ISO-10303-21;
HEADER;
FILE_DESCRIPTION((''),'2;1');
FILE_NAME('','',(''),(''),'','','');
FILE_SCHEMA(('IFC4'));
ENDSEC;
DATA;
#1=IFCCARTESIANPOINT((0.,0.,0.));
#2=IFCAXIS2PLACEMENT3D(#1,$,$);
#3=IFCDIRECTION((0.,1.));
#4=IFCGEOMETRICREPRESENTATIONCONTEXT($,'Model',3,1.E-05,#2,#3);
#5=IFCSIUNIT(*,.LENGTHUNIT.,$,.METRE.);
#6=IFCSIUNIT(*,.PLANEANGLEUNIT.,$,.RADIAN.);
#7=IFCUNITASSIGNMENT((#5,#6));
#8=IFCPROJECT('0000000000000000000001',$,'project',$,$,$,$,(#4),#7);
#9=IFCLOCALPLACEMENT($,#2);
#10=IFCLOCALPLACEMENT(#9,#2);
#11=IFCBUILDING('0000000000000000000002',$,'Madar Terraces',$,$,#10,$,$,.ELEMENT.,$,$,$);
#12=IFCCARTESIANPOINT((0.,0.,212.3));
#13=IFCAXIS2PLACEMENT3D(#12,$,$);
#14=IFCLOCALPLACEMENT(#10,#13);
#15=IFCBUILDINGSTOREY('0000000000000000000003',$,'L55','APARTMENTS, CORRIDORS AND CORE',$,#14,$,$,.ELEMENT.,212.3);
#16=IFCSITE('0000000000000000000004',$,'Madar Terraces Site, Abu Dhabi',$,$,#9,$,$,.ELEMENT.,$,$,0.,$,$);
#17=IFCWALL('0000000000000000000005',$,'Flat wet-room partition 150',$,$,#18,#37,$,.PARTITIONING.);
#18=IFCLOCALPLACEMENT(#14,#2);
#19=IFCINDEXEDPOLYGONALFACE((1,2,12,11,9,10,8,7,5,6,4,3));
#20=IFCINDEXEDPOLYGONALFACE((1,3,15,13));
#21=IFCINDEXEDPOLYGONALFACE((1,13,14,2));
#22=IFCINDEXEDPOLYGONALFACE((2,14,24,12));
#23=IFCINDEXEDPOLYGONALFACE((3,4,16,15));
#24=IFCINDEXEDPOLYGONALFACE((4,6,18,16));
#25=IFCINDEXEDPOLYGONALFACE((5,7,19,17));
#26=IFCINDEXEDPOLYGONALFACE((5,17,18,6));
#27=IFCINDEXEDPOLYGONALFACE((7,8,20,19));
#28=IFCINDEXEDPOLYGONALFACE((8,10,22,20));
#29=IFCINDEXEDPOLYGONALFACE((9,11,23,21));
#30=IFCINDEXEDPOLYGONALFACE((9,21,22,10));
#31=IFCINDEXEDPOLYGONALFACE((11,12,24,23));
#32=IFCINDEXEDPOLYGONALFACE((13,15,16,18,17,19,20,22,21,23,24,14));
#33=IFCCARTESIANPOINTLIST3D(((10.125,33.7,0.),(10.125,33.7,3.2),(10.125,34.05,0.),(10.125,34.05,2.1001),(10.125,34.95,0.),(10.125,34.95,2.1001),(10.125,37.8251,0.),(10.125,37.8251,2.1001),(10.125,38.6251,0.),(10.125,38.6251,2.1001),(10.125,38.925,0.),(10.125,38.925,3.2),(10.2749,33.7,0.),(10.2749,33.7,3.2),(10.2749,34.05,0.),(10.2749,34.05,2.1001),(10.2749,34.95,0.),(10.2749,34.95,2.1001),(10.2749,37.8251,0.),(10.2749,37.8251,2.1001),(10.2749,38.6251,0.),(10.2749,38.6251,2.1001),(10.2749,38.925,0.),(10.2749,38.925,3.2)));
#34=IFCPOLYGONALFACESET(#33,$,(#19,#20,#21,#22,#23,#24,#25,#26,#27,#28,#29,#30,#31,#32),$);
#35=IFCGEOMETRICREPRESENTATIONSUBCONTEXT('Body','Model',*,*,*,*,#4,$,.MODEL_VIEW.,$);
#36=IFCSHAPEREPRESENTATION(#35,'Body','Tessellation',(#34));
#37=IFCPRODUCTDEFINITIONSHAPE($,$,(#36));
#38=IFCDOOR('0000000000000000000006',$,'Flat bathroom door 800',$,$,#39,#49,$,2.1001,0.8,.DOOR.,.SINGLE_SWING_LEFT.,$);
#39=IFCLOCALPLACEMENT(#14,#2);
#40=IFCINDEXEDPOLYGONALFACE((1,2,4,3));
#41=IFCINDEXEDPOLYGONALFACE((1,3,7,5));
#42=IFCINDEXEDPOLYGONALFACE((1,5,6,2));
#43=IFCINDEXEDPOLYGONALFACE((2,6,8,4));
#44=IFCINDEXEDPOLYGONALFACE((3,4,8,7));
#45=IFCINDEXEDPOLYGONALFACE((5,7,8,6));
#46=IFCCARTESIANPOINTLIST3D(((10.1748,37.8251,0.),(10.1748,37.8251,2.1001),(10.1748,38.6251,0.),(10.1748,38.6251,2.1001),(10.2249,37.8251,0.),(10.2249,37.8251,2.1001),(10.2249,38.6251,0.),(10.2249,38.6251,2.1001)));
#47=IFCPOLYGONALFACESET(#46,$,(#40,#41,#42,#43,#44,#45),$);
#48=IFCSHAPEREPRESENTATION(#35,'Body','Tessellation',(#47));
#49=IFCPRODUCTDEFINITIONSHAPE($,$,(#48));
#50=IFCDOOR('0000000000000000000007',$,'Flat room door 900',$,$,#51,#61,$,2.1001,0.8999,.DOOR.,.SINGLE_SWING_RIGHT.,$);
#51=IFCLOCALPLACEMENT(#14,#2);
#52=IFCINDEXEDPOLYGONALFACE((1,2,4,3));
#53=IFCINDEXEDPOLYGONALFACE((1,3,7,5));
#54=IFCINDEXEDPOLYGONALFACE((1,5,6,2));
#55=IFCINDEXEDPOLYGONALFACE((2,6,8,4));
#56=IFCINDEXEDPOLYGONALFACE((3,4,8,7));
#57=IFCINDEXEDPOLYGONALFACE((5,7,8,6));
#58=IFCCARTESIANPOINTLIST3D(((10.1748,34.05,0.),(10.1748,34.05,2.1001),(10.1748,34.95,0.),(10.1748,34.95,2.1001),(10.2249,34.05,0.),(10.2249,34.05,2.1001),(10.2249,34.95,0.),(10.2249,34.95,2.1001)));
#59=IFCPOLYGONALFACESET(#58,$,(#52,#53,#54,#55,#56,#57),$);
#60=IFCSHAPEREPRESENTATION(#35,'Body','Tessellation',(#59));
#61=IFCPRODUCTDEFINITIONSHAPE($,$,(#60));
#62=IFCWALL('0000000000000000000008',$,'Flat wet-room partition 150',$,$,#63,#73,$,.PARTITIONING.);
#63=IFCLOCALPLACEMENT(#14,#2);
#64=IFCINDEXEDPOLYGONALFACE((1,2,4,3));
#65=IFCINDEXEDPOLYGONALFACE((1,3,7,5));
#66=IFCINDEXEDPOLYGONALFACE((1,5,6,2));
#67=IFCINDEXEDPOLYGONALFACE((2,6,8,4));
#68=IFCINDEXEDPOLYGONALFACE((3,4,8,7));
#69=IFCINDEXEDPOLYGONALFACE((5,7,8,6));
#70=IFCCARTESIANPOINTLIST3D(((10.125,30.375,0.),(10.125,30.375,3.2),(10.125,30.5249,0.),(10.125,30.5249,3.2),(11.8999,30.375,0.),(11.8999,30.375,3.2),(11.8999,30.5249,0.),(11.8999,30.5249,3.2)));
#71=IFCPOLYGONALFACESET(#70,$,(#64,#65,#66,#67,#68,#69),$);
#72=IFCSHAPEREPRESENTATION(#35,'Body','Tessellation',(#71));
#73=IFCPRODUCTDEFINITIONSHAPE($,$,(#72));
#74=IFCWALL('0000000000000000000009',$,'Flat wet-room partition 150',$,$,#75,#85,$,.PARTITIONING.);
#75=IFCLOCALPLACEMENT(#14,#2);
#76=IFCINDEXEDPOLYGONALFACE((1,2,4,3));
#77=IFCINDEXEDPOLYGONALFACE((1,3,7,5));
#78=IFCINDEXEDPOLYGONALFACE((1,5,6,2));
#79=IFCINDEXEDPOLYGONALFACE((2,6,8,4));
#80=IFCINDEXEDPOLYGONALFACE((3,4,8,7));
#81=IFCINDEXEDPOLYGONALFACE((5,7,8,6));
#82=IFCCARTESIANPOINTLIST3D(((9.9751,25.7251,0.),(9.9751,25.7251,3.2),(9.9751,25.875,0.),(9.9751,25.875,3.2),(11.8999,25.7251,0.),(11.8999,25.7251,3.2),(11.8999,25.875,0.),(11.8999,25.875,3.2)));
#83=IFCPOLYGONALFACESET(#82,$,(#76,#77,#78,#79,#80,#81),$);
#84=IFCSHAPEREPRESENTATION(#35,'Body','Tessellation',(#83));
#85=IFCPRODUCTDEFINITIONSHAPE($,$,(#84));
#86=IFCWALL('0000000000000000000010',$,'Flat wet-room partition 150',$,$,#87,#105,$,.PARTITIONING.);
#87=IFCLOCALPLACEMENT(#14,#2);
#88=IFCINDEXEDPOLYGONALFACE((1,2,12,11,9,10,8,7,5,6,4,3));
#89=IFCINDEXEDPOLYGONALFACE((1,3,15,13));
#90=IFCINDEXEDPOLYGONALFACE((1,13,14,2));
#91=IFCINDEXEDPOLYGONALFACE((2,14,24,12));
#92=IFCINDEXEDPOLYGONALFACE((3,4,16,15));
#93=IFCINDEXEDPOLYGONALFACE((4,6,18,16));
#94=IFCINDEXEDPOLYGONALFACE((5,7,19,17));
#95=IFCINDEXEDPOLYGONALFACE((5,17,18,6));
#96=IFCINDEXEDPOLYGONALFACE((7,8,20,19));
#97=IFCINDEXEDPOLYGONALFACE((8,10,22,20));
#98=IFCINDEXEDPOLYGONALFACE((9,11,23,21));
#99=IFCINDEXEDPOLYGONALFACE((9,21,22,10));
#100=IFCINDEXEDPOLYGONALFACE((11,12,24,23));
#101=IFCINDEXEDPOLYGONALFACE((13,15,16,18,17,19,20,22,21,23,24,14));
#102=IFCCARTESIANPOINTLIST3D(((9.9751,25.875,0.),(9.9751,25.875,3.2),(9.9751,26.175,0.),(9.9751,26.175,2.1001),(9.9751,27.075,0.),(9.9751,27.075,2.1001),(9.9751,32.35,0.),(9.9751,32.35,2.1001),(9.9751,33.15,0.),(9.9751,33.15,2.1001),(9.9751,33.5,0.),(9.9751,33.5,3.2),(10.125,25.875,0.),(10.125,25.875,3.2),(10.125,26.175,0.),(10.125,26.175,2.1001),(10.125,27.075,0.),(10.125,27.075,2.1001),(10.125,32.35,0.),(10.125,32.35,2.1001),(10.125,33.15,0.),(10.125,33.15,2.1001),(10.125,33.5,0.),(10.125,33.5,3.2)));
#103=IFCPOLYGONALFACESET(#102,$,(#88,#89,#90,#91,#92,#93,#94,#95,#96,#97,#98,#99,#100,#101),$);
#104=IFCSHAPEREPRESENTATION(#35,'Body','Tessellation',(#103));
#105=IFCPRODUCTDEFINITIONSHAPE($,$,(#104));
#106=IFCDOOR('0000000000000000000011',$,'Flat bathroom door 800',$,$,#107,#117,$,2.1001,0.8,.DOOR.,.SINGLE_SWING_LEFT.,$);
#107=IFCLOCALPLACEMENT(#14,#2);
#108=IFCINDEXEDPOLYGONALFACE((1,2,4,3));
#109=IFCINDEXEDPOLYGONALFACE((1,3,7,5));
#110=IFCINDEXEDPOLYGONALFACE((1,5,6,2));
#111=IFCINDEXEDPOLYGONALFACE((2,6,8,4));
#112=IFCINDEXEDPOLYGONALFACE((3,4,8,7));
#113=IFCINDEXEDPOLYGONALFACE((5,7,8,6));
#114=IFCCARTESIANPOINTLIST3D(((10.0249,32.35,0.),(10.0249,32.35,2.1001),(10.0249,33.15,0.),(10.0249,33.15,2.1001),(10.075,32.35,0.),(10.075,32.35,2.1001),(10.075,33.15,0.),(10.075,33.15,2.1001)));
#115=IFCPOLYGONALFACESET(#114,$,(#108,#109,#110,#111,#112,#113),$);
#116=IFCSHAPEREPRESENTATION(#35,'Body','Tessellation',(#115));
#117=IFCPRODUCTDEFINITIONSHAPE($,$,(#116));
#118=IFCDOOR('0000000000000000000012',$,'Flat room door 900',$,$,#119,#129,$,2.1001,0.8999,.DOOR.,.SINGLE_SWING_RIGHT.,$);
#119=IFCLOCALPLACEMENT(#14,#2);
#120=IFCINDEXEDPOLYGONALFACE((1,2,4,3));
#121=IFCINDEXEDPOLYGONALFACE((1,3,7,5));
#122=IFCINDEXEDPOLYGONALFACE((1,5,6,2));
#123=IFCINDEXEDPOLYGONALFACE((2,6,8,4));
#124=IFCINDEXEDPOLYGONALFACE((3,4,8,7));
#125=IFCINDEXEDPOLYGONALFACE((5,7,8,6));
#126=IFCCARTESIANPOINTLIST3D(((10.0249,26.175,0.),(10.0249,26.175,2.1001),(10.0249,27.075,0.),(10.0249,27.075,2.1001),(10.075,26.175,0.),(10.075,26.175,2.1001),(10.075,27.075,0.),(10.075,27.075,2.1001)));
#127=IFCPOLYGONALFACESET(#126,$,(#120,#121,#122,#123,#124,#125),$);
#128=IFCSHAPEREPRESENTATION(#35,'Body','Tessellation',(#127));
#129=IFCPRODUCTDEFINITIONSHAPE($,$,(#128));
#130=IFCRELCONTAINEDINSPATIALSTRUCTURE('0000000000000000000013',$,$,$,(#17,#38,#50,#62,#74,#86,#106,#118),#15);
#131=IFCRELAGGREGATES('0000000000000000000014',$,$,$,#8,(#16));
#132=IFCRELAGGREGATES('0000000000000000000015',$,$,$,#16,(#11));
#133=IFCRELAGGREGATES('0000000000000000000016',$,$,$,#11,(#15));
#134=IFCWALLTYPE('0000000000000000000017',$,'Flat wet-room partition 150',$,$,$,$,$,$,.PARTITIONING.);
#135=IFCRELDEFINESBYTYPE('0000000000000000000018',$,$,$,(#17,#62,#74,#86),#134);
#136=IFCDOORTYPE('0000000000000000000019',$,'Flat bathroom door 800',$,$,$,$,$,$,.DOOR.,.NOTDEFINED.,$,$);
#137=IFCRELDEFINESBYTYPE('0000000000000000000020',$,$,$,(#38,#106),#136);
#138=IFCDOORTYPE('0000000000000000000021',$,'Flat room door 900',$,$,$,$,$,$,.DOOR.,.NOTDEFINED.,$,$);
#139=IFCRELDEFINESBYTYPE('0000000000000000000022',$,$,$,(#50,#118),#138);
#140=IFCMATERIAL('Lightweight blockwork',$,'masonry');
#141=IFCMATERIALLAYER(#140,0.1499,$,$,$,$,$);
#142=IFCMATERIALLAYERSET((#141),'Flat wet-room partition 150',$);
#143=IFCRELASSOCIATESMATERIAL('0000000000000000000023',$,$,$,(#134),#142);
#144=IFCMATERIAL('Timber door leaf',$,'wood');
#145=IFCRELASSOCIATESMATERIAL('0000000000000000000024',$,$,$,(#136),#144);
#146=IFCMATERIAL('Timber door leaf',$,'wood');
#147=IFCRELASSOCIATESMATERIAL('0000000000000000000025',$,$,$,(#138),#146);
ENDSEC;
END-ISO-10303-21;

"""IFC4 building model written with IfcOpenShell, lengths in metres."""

from ifc_helpers import new_model, si_unit, direction, frame, frame_2d, origin, place, context, subcontext, project, spatial, rectangle, extrude, material, layer, layer_set, type_object, element, fill, save


model = new_model("IFC4")

# Units and contexts
model_context = context("Model", 3, precision=1e-05, world=origin(), true_north=direction((0.0, 1.0)))
body_context = subcontext(model_context, "Body", "Model", "MODEL_VIEW")
ifc_project = project(units=[si_unit("LENGTHUNIT", "METRE"), si_unit("PLANEANGLEUNIT", "RADIAN")], contexts=[model_context])

# Site, building, storey
site_placement = place(None, origin())
site = spatial("IfcSite", under=ifc_project, at=site_placement, Name="Madar Terraces Site, Abu Dhabi", CompositionType="ELEMENT", RefElevation=0.0)
building_placement = place(site_placement, origin())
building = spatial("IfcBuilding", under=site, at=building_placement, Name="Madar Terraces", CompositionType="ELEMENT")
storey_placement = place(building_placement, frame((0.0, 0.0, 212.3)))
storey = spatial("IfcBuildingStorey", under=building, at=storey_placement, Name="L55", Description="APARTMENTS, CORRIDORS AND CORE", CompositionType="ELEMENT", Elevation=212.3)

# Shared definitions
ifc_material_1 = material(Name="Lightweight blockwork", Category="masonry")
ifc_layer_1 = layer(ifc_material_1, 0.1499)
ifc_layer_set_1 = layer_set([ifc_layer_1], Name="Flat wet-room partition 150")
wall_type_1 = type_object("IfcWallType", Name="Flat wet-room partition 150", PredefinedType="PARTITIONING", material=ifc_layer_set_1)

# Wall, openings, doors
wall_1_placement = place(storey_placement, frame((10.2, 38.925, 0.0), z_axis=(0.0, 0.0, 1.0), x_axis=(0.0, -1.0, 0.0)))
wall_1 = element("IfcWall", 1, at=wall_1_placement, inside=storey, type_object=wall_type_1, Name="Flat wet-room partition 150", PredefinedType="PARTITIONING", context=body_context, shape_type="SweptSolid", body=[
    extrude(rectangle(XDim=5.2251, YDim=0.1499, at=frame_2d((2.6125, 0.0))), origin(), (0.0, 0.0, 1.0), 3.2),
])
opening_1_placement = place(wall_1_placement, frame((0.3, 0.0, 0.0)))
opening_1 = element("IfcOpeningElement", 2, at=opening_1_placement, cuts=wall_1, PredefinedType="OPENING", context=body_context, shape_type="SweptSolid", body=[
    extrude(rectangle(XDim=0.8, YDim=2.1001, at=frame_2d((0.3999, 1.05))), frame((0.0, 0.085, 0.0), z_axis=(0.0, -1.0, 0.0), x_axis=(1.0, 0.0, 0.0)), (0.0, 0.0, 1.0), 0.1699),
])
opening_2_placement = place(wall_1_placement, frame((3.9751, 0.0, 0.0)))
opening_2 = element("IfcOpeningElement", 3, at=opening_2_placement, cuts=wall_1, PredefinedType="OPENING", context=body_context, shape_type="SweptSolid", body=[
    extrude(rectangle(XDim=0.8999, YDim=2.1001, at=frame_2d((0.45, 1.05))), frame((0.0, 0.085, 0.0), z_axis=(0.0, -1.0, 0.0), x_axis=(1.0, 0.0, 0.0)), (0.0, 0.0, 1.0), 0.1699),
])
ifc_material_2 = material(Name="Timber door leaf", Category="wood")
door_type_1 = type_object("IfcDoorType", Name="Flat bathroom door 800", OperationType="NOTDEFINED", PredefinedType="DOOR", material=ifc_material_2)
door_1_placement = place(opening_1_placement, origin())
door_1 = element("IfcDoor", 4, at=door_1_placement, inside=storey, type_object=door_type_1, Name="Flat bathroom door 800", OperationType="SINGLE_SWING_LEFT", OverallHeight=2.1001, OverallWidth=0.8, PredefinedType="DOOR", context=body_context, shape_type="SweptSolid", body=[
    extrude(rectangle(XDim=0.8, YDim=2.1001, at=frame_2d((0.3999, 1.05))), frame((0.0, 0.0249, 0.0), z_axis=(0.0, -1.0, 0.0), x_axis=(1.0, 0.0, 0.0)), (0.0, 0.0, 1.0), 0.05),
])
fill(opening_1, door_1)
ifc_material_3 = material(Name="Timber door leaf", Category="wood")
door_type_2 = type_object("IfcDoorType", Name="Flat room door 900", OperationType="NOTDEFINED", PredefinedType="DOOR", material=ifc_material_3)
door_2_placement = place(opening_2_placement, origin())
door_2 = element("IfcDoor", 5, at=door_2_placement, inside=storey, type_object=door_type_2, Name="Flat room door 900", OperationType="SINGLE_SWING_RIGHT", OverallHeight=2.1001, OverallWidth=0.8999, PredefinedType="DOOR", context=body_context, shape_type="SweptSolid", body=[
    extrude(rectangle(XDim=0.8999, YDim=2.1001, at=frame_2d((0.45, 1.05))), frame((0.0, 0.0249, 0.0), z_axis=(0.0, -1.0, 0.0), x_axis=(1.0, 0.0, 0.0)), (0.0, 0.0, 1.0), 0.05),
])
fill(opening_2, door_2)

# Walls
wall_2_placement = place(storey_placement, frame((11.8999, 30.45, 0.0), z_axis=(0.0, 0.0, 1.0), x_axis=(-1.0, 0.0, 0.0)))
element("IfcWall", 6, at=wall_2_placement, inside=storey, type_object=wall_type_1, Name="Flat wet-room partition 150", PredefinedType="PARTITIONING", context=body_context, shape_type="SweptSolid", body=[
    extrude(rectangle(XDim=1.7749, YDim=0.1499, at=frame_2d((0.8875, 0.0))), origin(), (0.0, 0.0, 1.0), 3.2),
])
wall_3_placement = place(storey_placement, frame((11.8999, 25.8, 0.0), z_axis=(0.0, 0.0, 1.0), x_axis=(-1.0, 0.0, 0.0)))
element("IfcWall", 7, at=wall_3_placement, inside=storey, type_object=wall_type_1, Name="Flat wet-room partition 150", PredefinedType="PARTITIONING", context=body_context, shape_type="SweptSolid", body=[
    extrude(rectangle(XDim=1.9248, YDim=0.1499, at=frame_2d((0.9624, 0.0))), origin(), (0.0, 0.0, 1.0), 3.2),
])

# Wall, openings, doors
wall_4_placement = place(storey_placement, frame((10.05, 33.5, 0.0), z_axis=(0.0, 0.0, 1.0), x_axis=(0.0, -1.0, 0.0)))
wall_4 = element("IfcWall", 8, at=wall_4_placement, inside=storey, type_object=wall_type_1, Name="Flat wet-room partition 150", PredefinedType="PARTITIONING", context=body_context, shape_type="SweptSolid", body=[
    extrude(rectangle(XDim=7.625, YDim=0.1499, at=frame_2d((3.8125, 0.0))), origin(), (0.0, 0.0, 1.0), 3.2),
])
opening_3_placement = place(wall_4_placement, frame((6.425, 0.0, 0.0)))
opening_3 = element("IfcOpeningElement", 9, at=opening_3_placement, cuts=wall_4, PredefinedType="OPENING", context=body_context, shape_type="SweptSolid", body=[
    extrude(rectangle(XDim=0.8999, YDim=2.1001, at=frame_2d((0.45, 1.05))), frame((0.0, 0.085, 0.0), z_axis=(0.0, -1.0, 0.0), x_axis=(1.0, 0.0, 0.0)), (0.0, 0.0, 1.0), 0.1699),
])
opening_4_placement = place(wall_4_placement, frame((0.3501, 0.0, 0.0)))
opening_4 = element("IfcOpeningElement", 10, at=opening_4_placement, cuts=wall_4, PredefinedType="OPENING", context=body_context, shape_type="SweptSolid", body=[
    extrude(rectangle(XDim=0.8, YDim=2.1001, at=frame_2d((0.3999, 1.05))), frame((0.0, 0.085, 0.0), z_axis=(0.0, -1.0, 0.0), x_axis=(1.0, 0.0, 0.0)), (0.0, 0.0, 1.0), 0.1699),
])
door_3_placement = place(opening_4_placement, origin())
door_3 = element("IfcDoor", 11, at=door_3_placement, inside=storey, type_object=door_type_1, Name="Flat bathroom door 800", OperationType="SINGLE_SWING_LEFT", OverallHeight=2.1001, OverallWidth=0.8, PredefinedType="DOOR", context=body_context, shape_type="SweptSolid", body=[
    extrude(rectangle(XDim=0.8, YDim=2.1001, at=frame_2d((0.3999, 1.05))), frame((0.0, 0.0249, 0.0), z_axis=(0.0, -1.0, 0.0), x_axis=(1.0, 0.0, 0.0)), (0.0, 0.0, 1.0), 0.05),
])
fill(opening_4, door_3)
door_4_placement = place(opening_3_placement, origin())
door_4 = element("IfcDoor", 12, at=door_4_placement, inside=storey, type_object=door_type_2, Name="Flat room door 900", OperationType="SINGLE_SWING_RIGHT", OverallHeight=2.1001, OverallWidth=0.8999, PredefinedType="DOOR", context=body_context, shape_type="SweptSolid", body=[
    extrude(rectangle(XDim=0.8999, YDim=2.1001, at=frame_2d((0.45, 1.05))), frame((0.0, 0.0249, 0.0), z_axis=(0.0, -1.0, 0.0), x_axis=(1.0, 0.0, 0.0)), (0.0, 0.0, 1.0), 0.05),
])
fill(opening_3, door_4)

save(model, "model.ifc")
